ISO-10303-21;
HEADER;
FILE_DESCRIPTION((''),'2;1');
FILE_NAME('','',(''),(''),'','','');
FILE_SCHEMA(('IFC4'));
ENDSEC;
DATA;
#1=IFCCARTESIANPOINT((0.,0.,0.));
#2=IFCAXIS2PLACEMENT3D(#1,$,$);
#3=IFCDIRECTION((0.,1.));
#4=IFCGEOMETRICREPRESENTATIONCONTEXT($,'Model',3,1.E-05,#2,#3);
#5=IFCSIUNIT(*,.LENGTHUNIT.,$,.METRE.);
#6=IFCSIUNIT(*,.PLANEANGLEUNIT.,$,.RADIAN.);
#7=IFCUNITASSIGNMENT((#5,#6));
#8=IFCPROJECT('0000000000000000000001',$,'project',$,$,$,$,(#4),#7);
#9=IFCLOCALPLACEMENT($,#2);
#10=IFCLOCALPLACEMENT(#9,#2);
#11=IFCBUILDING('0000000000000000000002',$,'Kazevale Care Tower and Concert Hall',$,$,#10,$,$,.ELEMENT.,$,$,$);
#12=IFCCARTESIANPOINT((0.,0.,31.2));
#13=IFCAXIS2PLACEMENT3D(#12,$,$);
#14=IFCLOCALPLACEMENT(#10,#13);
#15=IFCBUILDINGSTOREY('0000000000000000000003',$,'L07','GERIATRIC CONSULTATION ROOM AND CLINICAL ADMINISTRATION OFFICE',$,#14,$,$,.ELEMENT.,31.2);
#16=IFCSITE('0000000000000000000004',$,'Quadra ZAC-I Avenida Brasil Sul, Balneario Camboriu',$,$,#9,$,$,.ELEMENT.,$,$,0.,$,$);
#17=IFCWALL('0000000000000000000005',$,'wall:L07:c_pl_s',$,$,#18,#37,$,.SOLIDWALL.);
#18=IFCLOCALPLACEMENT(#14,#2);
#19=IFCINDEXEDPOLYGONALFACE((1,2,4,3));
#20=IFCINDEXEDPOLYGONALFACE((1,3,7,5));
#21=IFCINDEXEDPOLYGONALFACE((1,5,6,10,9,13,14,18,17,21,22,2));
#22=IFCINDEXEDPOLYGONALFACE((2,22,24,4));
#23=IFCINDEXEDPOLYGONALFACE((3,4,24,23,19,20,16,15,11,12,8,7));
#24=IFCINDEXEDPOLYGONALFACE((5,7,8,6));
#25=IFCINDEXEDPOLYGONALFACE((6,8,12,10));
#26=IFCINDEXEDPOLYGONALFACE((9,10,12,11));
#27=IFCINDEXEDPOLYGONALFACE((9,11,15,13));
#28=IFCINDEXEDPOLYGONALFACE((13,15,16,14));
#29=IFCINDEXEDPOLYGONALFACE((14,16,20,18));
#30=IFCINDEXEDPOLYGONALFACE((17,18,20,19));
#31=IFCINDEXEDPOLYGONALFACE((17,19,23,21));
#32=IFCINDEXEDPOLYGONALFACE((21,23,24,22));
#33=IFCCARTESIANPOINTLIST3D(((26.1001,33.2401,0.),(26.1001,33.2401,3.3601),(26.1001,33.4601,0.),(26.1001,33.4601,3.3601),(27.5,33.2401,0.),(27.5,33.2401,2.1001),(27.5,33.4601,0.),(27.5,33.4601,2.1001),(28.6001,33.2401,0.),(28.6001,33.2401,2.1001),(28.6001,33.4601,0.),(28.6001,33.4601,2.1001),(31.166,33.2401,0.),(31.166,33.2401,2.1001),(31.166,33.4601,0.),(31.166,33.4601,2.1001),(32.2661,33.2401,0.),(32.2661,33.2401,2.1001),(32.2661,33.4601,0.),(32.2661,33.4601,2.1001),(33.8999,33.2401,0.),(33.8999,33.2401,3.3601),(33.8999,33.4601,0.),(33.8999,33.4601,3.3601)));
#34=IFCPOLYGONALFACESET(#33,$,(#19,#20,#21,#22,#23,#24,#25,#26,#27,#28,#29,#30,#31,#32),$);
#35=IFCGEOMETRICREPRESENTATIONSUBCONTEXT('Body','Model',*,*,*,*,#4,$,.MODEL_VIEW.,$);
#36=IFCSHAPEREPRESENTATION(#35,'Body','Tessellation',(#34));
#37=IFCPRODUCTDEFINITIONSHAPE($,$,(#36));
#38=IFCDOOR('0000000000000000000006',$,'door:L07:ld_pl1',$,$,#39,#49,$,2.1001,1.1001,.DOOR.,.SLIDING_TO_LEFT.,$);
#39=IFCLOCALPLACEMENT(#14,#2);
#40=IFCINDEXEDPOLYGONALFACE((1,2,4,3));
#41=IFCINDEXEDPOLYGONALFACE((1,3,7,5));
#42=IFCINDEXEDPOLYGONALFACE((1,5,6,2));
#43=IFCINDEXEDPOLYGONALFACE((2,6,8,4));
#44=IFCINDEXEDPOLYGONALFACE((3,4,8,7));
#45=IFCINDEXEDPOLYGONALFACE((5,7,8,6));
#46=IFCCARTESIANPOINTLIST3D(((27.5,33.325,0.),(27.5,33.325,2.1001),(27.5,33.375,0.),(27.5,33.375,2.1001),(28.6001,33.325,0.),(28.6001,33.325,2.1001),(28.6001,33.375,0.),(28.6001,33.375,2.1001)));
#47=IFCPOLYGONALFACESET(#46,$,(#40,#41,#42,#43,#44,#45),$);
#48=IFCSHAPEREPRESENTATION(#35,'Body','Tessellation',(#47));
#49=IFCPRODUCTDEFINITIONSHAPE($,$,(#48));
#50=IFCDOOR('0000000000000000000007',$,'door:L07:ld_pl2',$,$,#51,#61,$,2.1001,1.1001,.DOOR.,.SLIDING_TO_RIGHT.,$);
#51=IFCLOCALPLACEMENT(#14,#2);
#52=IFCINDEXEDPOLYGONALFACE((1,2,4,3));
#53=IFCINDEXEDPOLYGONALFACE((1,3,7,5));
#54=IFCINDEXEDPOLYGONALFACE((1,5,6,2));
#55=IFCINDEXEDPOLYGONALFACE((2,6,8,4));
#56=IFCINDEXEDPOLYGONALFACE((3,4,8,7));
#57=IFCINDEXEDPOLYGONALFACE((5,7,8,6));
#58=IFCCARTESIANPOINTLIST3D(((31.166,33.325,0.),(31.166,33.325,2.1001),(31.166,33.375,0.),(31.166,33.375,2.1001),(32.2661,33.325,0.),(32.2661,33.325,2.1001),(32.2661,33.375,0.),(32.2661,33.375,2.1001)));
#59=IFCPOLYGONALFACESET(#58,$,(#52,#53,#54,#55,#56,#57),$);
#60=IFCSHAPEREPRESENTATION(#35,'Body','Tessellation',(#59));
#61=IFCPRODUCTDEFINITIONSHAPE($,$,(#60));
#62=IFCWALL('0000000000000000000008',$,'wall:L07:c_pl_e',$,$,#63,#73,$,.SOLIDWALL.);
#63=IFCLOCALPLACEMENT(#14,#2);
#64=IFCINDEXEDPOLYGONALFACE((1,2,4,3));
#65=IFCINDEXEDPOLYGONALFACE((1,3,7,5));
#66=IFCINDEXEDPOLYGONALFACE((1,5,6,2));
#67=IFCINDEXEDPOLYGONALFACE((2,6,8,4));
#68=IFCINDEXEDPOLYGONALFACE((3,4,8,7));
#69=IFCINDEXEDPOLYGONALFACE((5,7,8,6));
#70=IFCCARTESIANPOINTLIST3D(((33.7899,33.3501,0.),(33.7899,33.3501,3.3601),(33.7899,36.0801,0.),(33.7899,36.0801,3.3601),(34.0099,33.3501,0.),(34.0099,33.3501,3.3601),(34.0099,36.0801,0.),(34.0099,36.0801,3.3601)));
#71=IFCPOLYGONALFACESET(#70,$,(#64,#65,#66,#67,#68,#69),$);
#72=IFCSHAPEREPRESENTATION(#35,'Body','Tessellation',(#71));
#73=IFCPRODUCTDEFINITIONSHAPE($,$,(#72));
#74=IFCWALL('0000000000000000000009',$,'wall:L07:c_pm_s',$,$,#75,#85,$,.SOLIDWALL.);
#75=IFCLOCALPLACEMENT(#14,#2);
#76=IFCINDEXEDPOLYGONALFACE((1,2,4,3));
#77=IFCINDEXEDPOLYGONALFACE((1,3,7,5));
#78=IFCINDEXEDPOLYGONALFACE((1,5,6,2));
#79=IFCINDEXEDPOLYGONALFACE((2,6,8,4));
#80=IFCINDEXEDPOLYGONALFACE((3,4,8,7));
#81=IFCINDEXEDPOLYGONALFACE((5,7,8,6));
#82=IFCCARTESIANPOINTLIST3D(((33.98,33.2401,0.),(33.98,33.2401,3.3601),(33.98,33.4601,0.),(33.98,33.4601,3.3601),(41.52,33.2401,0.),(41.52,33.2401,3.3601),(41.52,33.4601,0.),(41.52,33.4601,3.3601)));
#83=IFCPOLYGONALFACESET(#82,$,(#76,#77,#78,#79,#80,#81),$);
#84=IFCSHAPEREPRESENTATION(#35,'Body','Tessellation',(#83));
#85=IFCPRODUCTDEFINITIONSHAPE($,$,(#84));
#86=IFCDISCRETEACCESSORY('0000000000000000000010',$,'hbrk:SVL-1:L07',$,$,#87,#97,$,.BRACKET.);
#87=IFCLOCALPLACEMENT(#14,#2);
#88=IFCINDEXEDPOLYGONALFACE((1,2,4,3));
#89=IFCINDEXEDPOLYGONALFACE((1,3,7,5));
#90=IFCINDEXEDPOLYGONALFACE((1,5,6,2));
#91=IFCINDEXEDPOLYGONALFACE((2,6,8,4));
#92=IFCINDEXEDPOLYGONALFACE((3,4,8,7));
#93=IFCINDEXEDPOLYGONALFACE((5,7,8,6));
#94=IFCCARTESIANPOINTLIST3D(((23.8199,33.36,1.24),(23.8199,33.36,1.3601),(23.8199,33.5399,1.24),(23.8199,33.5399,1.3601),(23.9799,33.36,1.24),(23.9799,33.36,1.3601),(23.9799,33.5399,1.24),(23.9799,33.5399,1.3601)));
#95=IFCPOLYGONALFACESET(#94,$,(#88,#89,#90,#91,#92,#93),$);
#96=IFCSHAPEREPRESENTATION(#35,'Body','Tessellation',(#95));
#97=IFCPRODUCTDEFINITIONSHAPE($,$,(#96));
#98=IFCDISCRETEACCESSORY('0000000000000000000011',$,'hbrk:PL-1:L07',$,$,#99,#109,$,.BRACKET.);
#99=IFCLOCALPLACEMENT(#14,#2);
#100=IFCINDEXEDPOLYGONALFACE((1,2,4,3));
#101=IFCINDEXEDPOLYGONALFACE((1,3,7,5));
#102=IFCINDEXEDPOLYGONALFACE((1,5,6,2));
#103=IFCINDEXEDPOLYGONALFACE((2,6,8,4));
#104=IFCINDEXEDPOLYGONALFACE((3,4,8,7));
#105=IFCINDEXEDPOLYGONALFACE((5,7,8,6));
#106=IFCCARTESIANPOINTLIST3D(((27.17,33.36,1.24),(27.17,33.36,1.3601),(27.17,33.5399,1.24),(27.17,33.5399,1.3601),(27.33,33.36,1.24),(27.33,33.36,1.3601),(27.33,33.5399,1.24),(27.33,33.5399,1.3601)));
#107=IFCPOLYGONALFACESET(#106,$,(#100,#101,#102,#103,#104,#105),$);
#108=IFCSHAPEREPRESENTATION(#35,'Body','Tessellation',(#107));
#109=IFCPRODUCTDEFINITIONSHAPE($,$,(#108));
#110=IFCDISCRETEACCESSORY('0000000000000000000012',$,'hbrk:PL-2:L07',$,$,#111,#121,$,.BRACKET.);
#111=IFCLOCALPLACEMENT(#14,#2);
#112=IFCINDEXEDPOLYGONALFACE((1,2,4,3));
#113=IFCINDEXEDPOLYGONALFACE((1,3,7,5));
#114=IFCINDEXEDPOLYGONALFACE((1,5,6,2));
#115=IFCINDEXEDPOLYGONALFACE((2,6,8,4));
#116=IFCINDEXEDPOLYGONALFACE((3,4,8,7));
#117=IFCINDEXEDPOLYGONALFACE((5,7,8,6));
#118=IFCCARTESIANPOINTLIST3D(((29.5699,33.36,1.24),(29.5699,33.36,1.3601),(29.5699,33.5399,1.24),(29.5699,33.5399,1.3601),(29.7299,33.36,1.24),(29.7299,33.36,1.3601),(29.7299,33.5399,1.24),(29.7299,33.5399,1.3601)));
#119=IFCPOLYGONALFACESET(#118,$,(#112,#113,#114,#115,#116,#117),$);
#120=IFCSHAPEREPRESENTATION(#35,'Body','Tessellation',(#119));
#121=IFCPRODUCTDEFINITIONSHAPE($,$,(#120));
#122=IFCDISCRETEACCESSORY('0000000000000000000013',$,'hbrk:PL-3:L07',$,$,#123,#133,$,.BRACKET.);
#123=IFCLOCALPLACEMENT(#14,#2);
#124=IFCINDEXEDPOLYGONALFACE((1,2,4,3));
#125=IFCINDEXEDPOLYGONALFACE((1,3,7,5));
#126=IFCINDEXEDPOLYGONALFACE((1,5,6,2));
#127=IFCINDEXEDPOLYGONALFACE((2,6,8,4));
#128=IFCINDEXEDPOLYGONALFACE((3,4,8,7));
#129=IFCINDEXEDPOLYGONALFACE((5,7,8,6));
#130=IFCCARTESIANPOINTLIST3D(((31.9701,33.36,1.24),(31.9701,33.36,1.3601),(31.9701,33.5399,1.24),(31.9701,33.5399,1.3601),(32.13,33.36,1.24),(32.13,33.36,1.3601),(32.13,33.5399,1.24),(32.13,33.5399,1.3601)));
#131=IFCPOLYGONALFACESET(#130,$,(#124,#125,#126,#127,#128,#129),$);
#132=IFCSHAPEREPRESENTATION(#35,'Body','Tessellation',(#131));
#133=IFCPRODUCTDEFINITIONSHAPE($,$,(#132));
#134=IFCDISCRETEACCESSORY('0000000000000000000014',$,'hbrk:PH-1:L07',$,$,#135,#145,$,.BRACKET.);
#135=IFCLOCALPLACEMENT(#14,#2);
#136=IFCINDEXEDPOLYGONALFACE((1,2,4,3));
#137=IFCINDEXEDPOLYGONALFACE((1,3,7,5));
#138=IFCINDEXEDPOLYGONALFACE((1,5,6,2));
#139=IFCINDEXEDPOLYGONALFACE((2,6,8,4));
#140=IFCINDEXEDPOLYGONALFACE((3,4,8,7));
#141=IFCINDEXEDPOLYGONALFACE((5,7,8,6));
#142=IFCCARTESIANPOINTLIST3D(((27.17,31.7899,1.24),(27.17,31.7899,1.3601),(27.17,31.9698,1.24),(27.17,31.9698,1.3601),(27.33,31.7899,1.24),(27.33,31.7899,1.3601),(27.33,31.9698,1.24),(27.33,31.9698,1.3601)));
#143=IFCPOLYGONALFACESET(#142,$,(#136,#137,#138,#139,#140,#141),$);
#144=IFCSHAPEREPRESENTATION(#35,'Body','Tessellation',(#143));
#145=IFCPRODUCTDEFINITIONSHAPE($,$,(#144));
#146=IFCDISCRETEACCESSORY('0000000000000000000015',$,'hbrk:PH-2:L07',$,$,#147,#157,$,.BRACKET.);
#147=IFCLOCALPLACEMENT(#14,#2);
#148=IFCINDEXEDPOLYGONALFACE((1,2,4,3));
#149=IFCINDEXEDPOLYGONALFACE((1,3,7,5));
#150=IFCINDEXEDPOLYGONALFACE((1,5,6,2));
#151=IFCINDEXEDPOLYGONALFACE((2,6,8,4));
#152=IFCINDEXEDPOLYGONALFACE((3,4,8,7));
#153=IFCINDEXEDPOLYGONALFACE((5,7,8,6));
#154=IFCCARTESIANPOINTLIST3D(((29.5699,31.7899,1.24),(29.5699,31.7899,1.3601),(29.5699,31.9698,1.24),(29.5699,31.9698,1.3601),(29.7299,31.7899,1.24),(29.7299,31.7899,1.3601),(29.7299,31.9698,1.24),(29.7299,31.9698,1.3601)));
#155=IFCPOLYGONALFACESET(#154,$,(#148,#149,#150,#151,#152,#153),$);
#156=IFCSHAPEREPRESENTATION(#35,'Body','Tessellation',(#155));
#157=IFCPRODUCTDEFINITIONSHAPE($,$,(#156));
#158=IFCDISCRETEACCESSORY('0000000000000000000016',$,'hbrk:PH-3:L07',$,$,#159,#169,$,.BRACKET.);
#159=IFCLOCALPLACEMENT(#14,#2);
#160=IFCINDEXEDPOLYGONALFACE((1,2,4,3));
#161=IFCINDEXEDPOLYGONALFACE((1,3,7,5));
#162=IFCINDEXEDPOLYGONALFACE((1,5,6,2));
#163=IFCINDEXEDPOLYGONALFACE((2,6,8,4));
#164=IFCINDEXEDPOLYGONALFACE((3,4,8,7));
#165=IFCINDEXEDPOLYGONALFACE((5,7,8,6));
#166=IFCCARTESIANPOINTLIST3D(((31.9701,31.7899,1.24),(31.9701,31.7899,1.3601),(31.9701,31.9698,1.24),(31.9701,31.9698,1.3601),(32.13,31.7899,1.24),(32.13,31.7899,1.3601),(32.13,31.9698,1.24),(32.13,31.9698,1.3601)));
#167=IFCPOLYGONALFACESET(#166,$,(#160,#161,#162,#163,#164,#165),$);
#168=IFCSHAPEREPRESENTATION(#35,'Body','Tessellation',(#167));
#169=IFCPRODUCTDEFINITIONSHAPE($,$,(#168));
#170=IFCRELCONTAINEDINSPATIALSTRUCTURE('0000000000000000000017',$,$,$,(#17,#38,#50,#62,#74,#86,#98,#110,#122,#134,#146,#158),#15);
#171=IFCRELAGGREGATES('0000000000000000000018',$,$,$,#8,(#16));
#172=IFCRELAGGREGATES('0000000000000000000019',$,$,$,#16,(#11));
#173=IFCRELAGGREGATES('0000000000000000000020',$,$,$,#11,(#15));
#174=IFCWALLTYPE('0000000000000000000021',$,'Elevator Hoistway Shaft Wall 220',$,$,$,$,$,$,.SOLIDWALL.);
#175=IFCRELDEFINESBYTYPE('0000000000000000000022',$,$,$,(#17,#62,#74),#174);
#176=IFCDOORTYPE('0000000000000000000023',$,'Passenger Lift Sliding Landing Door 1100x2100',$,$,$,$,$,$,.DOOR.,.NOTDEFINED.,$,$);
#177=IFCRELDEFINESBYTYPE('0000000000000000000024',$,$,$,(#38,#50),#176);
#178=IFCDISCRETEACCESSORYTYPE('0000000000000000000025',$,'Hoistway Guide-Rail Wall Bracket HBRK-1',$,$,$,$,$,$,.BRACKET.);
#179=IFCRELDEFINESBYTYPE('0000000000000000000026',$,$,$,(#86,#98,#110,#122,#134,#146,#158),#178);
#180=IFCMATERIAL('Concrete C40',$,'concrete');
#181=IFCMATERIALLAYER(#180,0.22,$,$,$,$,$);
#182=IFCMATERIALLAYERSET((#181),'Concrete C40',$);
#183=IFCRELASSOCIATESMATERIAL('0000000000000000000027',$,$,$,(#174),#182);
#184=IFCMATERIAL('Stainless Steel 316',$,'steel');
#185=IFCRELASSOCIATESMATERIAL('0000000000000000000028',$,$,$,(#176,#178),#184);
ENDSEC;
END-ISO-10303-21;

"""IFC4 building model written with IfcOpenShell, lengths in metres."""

from ifc_helpers import new_model, si_unit, direction, frame, frame_2d, origin, origin_2d, place, context, subcontext, project, spatial, rectangle, extrude, material, layer, layer_set, type_object, element, fill, save


model = new_model("IFC4")

# Units and contexts
model_context = context("Model", 3, precision=1e-05, world=origin(), true_north=direction((0.0, 1.0)))
body_context = subcontext(model_context, "Body", "Model", "MODEL_VIEW")
ifc_project = project(units=[si_unit("LENGTHUNIT", "METRE"), si_unit("PLANEANGLEUNIT", "RADIAN")], contexts=[model_context])

# Site, building, storey
site_placement = place(None, origin())
site = spatial("IfcSite", under=ifc_project, at=site_placement, Name="Quadra ZAC-I Avenida Brasil Sul, Balneario Camboriu", CompositionType="ELEMENT", RefElevation=0.0)
building_placement = place(site_placement, origin())
building = spatial("IfcBuilding", under=site, at=building_placement, Name="Kazevale Care Tower and Concert Hall", CompositionType="ELEMENT")
storey_placement = place(building_placement, frame((0.0, 0.0, 31.2)))
storey = spatial("IfcBuildingStorey", under=building, at=storey_placement, Name="L07", Description="GERIATRIC CONSULTATION ROOM AND CLINICAL ADMINISTRATION OFFICE", CompositionType="ELEMENT", Elevation=31.2)

# Shared definitions
ifc_material_1 = material(Name="Concrete C40", Category="concrete")
ifc_layer = layer(ifc_material_1, 0.22)
ifc_layer_set = layer_set([ifc_layer], Name="Concrete C40")
wall_type = type_object("IfcWallType", Name="Elevator Hoistway Shaft Wall 220", PredefinedType="SOLIDWALL", material=ifc_layer_set)

# Shared definitions
ifc_material_2 = material(Name="Stainless Steel 316", Category="steel")

# Wall, openings, doors
wall_1_placement = place(storey_placement, frame((26.1001, 33.3501, 0.0), z_axis=(0.0, 0.0, 1.0), x_axis=(1.0, 0.0, 0.0)))
wall_1 = element("IfcWall", 1, at=wall_1_placement, inside=storey, type_object=wall_type, Name="wall:L07:c_pl_s", PredefinedType="SOLIDWALL", context=body_context, shape_type="SweptSolid", body=[
    extrude(rectangle(XDim=7.7998, YDim=0.22, at=frame_2d((3.8999, 0.0))), origin(), (0.0, 0.0, 1.0), 3.3601),
])
opening_1_placement = place(wall_1_placement, frame((1.3999, 0.0, 0.0)))
opening_1 = element("IfcOpeningElement", 2, at=opening_1_placement, cuts=wall_1, PredefinedType="OPENING", context=body_context, shape_type="SweptSolid", body=[
    extrude(rectangle(XDim=1.1001, YDim=2.1001, at=frame_2d((0.55, 1.05))), frame((0.0, 0.1199, 0.0), z_axis=(0.0, -1.0, 0.0), x_axis=(1.0, 0.0, 0.0)), (0.0, 0.0, 1.0), 0.24),
])
opening_2_placement = place(wall_1_placement, frame((5.0659, 0.0, 0.0)))
opening_2 = element("IfcOpeningElement", 3, at=opening_2_placement, cuts=wall_1, PredefinedType="OPENING", context=body_context, shape_type="SweptSolid", body=[
    extrude(rectangle(XDim=1.1001, YDim=2.1001, at=frame_2d((0.55, 1.05))), frame((0.0, 0.1199, 0.0), z_axis=(0.0, -1.0, 0.0), x_axis=(1.0, 0.0, 0.0)), (0.0, 0.0, 1.0), 0.24),
])
door_type_1 = type_object("IfcDoorType", Name="Passenger Lift Sliding Landing Door 1100x2100", OperationType="NOTDEFINED", PredefinedType="DOOR", material=ifc_material_2)
door_1_placement = place(opening_1_placement, origin())
door_1 = element("IfcDoor", 4, at=door_1_placement, inside=storey, type_object=door_type_1, Name="door:L07:ld_pl1", OperationType="SLIDING_TO_LEFT", OverallHeight=2.1001, OverallWidth=1.1001, PredefinedType="DOOR", context=body_context, shape_type="SweptSolid", body=[
    extrude(rectangle(XDim=1.1001, YDim=2.1001, at=frame_2d((0.55, 1.05))), frame((0.0, 0.0249, 0.0), z_axis=(0.0, -1.0, 0.0), x_axis=(1.0, 0.0, 0.0)), (0.0, 0.0, 1.0), 0.05),
])
fill(opening_1, door_1)
door_2_placement = place(opening_2_placement, origin())
door_2 = element("IfcDoor", 5, at=door_2_placement, inside=storey, type_object=door_type_1, Name="door:L07:ld_pl2", OperationType="SLIDING_TO_RIGHT", OverallHeight=2.1001, OverallWidth=1.1001, PredefinedType="DOOR", context=body_context, shape_type="SweptSolid", body=[
    extrude(rectangle(XDim=1.1001, YDim=2.1001, at=frame_2d((0.55, 1.05))), frame((0.0, 0.0249, 0.0), z_axis=(0.0, -1.0, 0.0), x_axis=(1.0, 0.0, 0.0)), (0.0, 0.0, 1.0), 0.05),
])
fill(opening_2, door_2)

# Walls
wall_2_placement = place(storey_placement, frame((33.8999, 33.3501, 0.0), z_axis=(0.0, 0.0, 1.0), x_axis=(0.0, 1.0, 0.0)))
element("IfcWall", 6, at=wall_2_placement, inside=storey, type_object=wall_type, Name="wall:L07:c_pl_e", PredefinedType="SOLIDWALL", context=body_context, shape_type="SweptSolid", body=[
    extrude(rectangle(XDim=2.73, YDim=0.22, at=frame_2d((1.365, 0.0))), origin(), (0.0, 0.0, 1.0), 3.3601),
])
wall_3_placement = place(storey_placement, frame((33.98, 33.3501, 0.0), z_axis=(0.0, 0.0, 1.0), x_axis=(1.0, 0.0, 0.0)))
element("IfcWall", 7, at=wall_3_placement, inside=storey, type_object=wall_type, Name="wall:L07:c_pm_s", PredefinedType="SOLIDWALL", context=body_context, shape_type="SweptSolid", body=[
    extrude(rectangle(XDim=7.54, YDim=0.22, at=frame_2d((3.77, 0.0))), origin(), (0.0, 0.0, 1.0), 3.3601),
])

# Discrete accessories
discrete_accessory_type = type_object("IfcDiscreteAccessoryType", Name="Hoistway Guide-Rail Wall Bracket HBRK-1", PredefinedType="BRACKET", material=ifc_material_2)
for number, where, z_axis, x_axis, name in (
    (8, (23.8999, 33.45, 1.24), (0.0, 0.0, 1.0), (1.0, 0.0, 0.0), "hbrk:SVL-1:L07"),
    (9, (27.25, 33.45, 1.24), (0.0, 0.0, 1.0), (1.0, 0.0, 0.0), "hbrk:PL-1:L07"),
    (10, (29.6499, 33.45, 1.24), (0.0, 0.0, 1.0), (1.0, 0.0, 0.0), "hbrk:PL-2:L07"),
    (11, (32.05, 33.45, 1.24), (0.0, 0.0, 1.0), (1.0, 0.0, 0.0), "hbrk:PL-3:L07"),
    (12, (27.25, 31.8799, 1.24), (0.0, 0.0, 1.0), (1.0, 0.0, 0.0), "hbrk:PH-1:L07"),
    (13, (29.6499, 31.8799, 1.24), (0.0, 0.0, 1.0), (1.0, 0.0, 0.0), "hbrk:PH-2:L07"),
    (14, (32.05, 31.8799, 1.24), (0.0, 0.0, 1.0), (1.0, 0.0, 0.0), "hbrk:PH-3:L07"),
):
    element("IfcDiscreteAccessory", number, at=place(storey_placement, frame(where, z_axis=z_axis, x_axis=x_axis)), inside=storey, type_object=discrete_accessory_type, Name=name, PredefinedType="BRACKET", context=body_context, shape_type="SweptSolid", body=[
        extrude(rectangle(XDim=0.1599, YDim=0.1799, at=origin_2d()), origin(), (0.0, 0.0, 1.0), 0.1201),
    ])

save(model, "model.ifc")
